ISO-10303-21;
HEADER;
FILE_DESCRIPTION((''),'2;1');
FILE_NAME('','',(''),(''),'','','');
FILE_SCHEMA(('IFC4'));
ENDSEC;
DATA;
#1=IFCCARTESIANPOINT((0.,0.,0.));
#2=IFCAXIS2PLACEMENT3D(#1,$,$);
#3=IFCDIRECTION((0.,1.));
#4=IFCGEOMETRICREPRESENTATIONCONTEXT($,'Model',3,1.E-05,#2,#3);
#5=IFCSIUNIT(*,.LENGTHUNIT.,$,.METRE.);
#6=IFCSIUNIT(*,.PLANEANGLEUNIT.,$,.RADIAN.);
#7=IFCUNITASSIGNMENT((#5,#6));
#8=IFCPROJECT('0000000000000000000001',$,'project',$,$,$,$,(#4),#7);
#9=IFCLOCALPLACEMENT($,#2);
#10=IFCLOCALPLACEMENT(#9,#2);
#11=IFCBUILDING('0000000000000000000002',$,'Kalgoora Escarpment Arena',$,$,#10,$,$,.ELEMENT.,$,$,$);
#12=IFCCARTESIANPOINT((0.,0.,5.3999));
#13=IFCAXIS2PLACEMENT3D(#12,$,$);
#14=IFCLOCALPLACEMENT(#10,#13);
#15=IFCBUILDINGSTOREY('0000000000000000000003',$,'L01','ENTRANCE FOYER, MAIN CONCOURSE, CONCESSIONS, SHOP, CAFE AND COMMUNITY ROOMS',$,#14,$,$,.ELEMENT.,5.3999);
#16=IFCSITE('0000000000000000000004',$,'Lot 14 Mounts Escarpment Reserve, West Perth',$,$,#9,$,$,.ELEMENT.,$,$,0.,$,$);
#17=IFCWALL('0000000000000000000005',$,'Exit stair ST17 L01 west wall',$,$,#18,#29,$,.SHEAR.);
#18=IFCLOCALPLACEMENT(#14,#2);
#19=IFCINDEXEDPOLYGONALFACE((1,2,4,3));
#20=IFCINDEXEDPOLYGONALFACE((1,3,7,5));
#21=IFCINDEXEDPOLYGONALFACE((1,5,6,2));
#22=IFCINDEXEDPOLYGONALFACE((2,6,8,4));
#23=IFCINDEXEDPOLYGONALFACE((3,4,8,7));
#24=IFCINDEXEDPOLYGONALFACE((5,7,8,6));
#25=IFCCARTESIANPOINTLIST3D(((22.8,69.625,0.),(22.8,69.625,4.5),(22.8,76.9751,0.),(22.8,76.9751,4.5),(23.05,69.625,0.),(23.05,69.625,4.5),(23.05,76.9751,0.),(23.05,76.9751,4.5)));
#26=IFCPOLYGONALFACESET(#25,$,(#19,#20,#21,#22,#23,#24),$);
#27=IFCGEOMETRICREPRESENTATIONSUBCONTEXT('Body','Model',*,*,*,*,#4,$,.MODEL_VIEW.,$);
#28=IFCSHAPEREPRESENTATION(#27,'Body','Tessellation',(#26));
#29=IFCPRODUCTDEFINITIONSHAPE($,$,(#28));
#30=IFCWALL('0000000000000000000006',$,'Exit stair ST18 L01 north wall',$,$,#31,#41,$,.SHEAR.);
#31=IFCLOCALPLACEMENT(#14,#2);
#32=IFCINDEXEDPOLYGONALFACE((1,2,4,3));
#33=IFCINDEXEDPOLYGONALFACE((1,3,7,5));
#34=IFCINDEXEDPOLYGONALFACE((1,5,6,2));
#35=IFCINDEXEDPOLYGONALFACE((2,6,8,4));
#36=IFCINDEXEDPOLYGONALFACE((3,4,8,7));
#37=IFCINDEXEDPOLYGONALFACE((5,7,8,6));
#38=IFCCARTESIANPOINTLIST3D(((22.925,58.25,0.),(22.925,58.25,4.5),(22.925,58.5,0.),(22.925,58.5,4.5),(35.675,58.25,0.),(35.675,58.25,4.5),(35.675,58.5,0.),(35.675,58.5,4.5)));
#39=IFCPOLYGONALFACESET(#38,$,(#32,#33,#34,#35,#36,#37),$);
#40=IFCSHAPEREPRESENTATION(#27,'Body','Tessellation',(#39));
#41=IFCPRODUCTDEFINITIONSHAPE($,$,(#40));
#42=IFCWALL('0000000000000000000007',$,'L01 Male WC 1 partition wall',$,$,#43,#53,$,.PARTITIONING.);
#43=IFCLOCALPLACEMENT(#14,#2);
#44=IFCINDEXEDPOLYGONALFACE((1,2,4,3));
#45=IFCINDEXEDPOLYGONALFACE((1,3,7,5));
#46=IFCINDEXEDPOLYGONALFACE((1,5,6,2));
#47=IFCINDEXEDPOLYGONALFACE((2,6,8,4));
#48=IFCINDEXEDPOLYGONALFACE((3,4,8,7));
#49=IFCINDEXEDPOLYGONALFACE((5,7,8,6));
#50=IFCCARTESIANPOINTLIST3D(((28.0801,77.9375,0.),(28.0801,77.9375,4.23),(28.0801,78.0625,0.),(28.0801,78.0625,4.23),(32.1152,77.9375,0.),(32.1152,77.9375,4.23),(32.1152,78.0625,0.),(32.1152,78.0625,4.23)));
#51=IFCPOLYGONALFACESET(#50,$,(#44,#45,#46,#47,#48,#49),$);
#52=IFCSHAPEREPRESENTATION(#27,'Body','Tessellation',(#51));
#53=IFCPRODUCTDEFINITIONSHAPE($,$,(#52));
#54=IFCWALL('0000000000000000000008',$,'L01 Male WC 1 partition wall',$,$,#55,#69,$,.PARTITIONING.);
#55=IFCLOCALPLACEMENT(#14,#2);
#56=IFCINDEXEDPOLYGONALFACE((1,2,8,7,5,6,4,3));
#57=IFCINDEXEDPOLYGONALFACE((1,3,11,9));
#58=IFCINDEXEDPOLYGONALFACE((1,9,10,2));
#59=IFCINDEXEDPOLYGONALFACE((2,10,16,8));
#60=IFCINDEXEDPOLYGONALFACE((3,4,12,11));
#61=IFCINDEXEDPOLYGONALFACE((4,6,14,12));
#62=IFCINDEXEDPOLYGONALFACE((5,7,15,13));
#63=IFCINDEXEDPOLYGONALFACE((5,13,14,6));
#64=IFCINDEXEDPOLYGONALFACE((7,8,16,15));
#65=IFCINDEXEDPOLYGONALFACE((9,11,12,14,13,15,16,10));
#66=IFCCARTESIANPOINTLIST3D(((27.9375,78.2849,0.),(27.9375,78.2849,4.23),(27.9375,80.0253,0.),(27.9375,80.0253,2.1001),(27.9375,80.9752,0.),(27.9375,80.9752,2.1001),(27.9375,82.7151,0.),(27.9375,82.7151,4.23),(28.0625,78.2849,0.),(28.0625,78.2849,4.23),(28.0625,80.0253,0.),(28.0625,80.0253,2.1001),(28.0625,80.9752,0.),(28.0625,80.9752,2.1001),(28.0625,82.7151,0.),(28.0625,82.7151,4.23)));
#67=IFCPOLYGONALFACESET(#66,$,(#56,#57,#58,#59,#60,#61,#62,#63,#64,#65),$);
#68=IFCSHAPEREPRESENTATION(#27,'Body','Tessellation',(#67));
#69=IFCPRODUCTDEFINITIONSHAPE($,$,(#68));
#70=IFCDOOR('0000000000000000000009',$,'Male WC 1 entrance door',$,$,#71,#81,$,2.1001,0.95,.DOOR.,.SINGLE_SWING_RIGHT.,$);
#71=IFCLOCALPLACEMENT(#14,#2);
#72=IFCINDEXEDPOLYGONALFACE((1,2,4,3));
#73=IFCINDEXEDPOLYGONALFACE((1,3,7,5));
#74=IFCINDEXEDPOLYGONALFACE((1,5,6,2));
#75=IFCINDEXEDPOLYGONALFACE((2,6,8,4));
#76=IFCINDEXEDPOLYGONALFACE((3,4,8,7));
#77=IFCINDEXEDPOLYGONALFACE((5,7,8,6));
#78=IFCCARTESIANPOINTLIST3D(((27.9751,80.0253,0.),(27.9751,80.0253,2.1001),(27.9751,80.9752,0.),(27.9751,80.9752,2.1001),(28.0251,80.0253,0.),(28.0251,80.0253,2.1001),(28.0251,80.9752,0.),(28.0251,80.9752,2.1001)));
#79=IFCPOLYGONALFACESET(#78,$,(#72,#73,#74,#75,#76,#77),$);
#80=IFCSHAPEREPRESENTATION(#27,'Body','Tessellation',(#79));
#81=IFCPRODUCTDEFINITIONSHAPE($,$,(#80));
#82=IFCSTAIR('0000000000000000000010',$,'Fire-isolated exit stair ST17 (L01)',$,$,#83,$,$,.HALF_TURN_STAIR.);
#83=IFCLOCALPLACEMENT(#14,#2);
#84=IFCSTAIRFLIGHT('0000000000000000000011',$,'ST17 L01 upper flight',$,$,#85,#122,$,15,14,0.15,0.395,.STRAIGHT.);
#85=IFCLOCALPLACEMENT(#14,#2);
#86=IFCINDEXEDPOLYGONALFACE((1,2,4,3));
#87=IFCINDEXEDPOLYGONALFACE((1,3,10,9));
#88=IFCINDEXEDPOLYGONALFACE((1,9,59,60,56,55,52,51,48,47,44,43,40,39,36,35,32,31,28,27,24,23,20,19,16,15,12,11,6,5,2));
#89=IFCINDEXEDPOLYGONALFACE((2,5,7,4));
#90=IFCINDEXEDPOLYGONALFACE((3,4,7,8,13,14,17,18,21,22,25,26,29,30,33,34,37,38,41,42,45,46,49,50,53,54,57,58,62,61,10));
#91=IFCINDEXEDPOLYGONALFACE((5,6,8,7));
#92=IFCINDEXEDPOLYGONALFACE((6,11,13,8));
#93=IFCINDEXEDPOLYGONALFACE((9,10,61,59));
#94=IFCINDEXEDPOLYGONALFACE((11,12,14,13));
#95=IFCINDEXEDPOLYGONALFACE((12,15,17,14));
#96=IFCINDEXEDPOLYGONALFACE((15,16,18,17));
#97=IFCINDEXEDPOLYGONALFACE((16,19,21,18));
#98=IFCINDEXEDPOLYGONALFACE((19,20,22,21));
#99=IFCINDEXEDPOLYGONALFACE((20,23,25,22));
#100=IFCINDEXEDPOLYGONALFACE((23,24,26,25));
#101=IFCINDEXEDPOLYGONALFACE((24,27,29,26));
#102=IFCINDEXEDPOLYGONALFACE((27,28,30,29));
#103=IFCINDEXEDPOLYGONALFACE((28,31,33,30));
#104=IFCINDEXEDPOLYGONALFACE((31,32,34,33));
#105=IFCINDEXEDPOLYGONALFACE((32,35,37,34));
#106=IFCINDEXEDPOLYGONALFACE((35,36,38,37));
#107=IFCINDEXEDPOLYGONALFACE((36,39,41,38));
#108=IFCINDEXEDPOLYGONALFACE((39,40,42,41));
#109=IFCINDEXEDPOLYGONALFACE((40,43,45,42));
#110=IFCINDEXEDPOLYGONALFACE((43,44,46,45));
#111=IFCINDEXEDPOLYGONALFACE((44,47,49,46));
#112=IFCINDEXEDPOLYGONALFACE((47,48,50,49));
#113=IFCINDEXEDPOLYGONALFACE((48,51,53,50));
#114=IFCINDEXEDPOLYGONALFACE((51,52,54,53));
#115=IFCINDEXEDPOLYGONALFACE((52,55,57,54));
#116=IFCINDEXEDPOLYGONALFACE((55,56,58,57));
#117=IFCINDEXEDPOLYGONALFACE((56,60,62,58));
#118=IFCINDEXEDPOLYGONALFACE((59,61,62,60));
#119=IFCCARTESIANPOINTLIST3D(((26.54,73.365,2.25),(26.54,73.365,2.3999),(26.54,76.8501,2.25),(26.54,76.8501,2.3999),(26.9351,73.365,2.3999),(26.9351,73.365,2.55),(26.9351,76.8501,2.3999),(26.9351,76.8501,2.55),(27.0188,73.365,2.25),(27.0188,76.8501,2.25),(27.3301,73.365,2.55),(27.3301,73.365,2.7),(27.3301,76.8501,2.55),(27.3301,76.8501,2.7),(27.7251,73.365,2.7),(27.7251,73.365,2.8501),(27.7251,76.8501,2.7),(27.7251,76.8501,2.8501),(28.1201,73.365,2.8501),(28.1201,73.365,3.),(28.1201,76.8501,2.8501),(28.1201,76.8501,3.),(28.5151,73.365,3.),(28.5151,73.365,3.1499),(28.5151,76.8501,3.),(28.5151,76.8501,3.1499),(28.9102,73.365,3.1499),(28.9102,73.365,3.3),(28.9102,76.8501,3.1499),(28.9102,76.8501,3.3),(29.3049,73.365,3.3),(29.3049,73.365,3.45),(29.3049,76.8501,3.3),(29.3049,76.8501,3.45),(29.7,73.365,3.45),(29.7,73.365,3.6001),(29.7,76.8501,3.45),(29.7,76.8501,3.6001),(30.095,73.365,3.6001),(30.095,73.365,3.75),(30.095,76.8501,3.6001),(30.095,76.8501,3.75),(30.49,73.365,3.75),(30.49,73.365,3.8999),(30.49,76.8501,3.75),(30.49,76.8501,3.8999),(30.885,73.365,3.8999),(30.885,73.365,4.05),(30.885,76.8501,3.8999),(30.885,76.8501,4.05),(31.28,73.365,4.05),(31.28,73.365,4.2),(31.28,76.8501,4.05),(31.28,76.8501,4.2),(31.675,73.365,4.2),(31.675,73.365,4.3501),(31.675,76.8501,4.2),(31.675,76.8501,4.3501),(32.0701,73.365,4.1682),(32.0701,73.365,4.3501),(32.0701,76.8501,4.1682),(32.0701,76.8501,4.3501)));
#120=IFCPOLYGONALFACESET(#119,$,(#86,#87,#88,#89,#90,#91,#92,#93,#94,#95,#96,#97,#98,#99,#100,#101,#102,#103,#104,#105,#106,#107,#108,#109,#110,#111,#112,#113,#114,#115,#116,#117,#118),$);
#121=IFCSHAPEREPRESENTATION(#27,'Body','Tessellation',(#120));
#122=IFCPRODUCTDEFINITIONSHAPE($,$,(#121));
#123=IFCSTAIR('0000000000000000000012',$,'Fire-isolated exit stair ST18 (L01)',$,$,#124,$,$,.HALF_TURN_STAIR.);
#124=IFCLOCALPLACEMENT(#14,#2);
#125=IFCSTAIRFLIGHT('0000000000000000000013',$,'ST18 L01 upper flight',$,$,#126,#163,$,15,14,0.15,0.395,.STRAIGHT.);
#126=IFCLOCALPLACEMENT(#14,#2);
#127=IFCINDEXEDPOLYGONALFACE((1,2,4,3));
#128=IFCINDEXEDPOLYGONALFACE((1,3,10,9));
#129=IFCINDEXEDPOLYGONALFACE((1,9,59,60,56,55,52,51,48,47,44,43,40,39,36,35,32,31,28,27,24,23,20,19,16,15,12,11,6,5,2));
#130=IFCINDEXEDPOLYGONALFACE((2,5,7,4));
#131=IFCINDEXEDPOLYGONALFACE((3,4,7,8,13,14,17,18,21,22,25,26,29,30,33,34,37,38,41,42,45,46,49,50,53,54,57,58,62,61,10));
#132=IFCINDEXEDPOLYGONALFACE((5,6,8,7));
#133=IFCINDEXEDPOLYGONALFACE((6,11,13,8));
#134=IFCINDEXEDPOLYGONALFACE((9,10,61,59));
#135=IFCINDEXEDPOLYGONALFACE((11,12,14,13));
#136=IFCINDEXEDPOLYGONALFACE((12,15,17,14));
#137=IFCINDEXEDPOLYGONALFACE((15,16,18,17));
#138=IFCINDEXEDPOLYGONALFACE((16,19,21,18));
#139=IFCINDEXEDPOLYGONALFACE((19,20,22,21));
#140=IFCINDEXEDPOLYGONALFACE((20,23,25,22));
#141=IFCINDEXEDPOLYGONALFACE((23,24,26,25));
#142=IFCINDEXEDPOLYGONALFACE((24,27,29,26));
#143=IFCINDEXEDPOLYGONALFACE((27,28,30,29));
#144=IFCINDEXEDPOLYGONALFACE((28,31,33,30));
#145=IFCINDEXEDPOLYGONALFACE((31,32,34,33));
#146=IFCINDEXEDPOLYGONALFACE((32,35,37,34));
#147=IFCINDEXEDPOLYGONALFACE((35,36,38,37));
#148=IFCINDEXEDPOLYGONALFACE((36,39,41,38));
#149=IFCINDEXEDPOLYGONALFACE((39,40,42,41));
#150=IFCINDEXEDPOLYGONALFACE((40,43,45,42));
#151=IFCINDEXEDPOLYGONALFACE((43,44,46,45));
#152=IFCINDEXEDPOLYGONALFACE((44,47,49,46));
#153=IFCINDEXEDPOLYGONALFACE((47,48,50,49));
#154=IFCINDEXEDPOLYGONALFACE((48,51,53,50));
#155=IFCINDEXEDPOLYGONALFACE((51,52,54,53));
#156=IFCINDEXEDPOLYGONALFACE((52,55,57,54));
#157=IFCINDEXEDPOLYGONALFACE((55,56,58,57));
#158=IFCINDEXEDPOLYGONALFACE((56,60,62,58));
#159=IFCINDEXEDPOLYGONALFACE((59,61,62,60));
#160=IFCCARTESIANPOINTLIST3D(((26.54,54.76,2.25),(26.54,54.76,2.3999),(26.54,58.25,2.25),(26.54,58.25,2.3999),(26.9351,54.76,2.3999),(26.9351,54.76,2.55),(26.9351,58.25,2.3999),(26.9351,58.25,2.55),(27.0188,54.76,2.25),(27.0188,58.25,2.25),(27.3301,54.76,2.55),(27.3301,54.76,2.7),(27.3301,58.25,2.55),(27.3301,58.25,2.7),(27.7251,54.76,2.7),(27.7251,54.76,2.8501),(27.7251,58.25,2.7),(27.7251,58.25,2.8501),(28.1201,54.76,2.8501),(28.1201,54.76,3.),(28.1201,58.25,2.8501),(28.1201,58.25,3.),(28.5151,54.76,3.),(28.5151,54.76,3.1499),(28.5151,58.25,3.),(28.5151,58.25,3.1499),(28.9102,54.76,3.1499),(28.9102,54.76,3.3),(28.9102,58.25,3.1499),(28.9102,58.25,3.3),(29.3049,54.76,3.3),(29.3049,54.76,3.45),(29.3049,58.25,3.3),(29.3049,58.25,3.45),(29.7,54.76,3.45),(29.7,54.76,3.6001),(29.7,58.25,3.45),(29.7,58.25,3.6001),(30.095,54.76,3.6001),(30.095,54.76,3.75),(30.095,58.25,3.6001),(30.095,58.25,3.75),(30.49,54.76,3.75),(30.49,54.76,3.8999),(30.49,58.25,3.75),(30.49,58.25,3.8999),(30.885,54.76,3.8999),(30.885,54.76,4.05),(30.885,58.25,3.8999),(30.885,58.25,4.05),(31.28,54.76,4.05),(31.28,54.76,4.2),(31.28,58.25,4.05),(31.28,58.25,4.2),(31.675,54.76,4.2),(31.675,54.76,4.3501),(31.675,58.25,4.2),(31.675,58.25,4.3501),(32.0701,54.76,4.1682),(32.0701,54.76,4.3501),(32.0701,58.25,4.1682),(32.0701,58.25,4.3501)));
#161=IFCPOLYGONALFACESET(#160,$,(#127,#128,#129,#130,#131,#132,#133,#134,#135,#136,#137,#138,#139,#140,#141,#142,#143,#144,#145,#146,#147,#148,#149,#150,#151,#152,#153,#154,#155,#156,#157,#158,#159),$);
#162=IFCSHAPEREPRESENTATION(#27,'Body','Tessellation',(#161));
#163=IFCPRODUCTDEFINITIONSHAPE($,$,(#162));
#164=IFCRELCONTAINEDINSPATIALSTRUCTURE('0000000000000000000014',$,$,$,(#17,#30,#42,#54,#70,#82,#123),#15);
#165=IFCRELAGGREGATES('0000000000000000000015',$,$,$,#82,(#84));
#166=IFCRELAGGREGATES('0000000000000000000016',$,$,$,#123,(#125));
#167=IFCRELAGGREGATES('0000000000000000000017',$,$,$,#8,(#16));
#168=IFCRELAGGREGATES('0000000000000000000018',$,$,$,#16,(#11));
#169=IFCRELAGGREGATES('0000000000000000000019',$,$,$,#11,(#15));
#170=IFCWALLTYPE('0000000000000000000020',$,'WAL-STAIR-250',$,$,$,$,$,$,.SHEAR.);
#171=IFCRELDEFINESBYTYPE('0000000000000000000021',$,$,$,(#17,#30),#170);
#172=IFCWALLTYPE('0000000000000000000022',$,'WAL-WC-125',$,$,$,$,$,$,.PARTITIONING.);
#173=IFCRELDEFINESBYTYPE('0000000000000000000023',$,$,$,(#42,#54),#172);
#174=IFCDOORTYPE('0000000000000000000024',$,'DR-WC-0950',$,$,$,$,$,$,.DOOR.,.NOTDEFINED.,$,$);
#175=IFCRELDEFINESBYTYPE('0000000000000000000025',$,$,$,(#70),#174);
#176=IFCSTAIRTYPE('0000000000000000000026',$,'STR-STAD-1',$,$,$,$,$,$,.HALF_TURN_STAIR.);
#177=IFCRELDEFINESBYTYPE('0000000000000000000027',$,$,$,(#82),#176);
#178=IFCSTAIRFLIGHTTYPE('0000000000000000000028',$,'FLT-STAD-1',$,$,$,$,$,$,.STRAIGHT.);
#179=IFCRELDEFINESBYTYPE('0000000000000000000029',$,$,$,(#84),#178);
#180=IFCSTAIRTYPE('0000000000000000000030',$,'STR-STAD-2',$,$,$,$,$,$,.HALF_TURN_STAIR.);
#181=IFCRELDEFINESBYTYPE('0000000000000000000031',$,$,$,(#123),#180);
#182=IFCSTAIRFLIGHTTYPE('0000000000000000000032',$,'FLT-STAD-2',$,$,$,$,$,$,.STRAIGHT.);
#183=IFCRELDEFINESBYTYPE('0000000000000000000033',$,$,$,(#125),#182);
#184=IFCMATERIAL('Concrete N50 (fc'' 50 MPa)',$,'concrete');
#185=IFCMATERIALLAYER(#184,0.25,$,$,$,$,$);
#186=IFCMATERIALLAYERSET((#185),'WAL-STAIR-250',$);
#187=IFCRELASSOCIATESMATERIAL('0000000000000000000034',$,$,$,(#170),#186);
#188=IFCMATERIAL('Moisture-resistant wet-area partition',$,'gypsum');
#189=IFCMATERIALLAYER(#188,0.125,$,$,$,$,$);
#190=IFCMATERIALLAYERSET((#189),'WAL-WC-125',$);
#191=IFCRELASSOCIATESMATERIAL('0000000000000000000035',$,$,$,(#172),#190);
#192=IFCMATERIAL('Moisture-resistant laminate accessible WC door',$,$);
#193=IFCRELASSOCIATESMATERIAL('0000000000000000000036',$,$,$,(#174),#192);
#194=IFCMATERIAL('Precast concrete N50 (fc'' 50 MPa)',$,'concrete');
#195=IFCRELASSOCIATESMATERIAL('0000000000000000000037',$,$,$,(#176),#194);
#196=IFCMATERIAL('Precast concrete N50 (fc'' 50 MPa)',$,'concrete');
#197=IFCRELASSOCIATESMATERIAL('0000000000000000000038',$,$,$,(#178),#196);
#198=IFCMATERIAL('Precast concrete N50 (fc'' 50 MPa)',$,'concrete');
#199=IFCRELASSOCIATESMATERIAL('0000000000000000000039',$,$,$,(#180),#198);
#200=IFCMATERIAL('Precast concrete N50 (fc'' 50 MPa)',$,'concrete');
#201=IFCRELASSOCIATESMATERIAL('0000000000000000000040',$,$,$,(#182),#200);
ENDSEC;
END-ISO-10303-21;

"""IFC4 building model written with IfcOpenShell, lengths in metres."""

from ifc_helpers import new_model, si_unit, direction, frame, frame_2d, origin, place, context, subcontext, project, spatial, polyline, rectangle, outline, extrude, material, layer, layer_set, type_object, element, fill, aggregate, save


model = new_model("IFC4")

# Units and contexts
model_context = context("Model", 3, precision=1e-05, world=origin(), true_north=direction((0.0, 1.0)))
body_context = subcontext(model_context, "Body", "Model", "MODEL_VIEW")
ifc_project = project(units=[si_unit("LENGTHUNIT", "METRE"), si_unit("PLANEANGLEUNIT", "RADIAN")], contexts=[model_context])

# Site, building, storey
site_placement = place(None, origin())
site = spatial("IfcSite", under=ifc_project, at=site_placement, Name="Lot 14 Mounts Escarpment Reserve, West Perth", CompositionType="ELEMENT", RefElevation=0.0)
building_placement = place(site_placement, origin())
building = spatial("IfcBuilding", under=site, at=building_placement, Name="Kalgoora Escarpment Arena", CompositionType="ELEMENT")
storey_placement = place(building_placement, frame((0.0, 0.0, 5.3999)))
storey = spatial("IfcBuildingStorey", under=building, at=storey_placement, Name="L01", Description="ENTRANCE FOYER, MAIN CONCOURSE, CONCESSIONS, SHOP, CAFE AND COMMUNITY ROOMS", CompositionType="ELEMENT", Elevation=5.3999)

# Walls
ifc_material_1 = material(Name="Concrete N50 (fc' 50 MPa)", Category="concrete")
ifc_layer_1 = layer(ifc_material_1, 0.25)
ifc_layer_set_1 = layer_set([ifc_layer_1], Name="WAL-STAIR-250")
wall_type_1 = type_object("IfcWallType", Name="WAL-STAIR-250", PredefinedType="SHEAR", material=ifc_layer_set_1)
wall_1_placement = place(storey_placement, frame((22.925, 69.625, 0.0), z_axis=(0.0, 0.0, 1.0), x_axis=(0.0, 1.0, 0.0)))
element("IfcWall", 1, at=wall_1_placement, inside=storey, type_object=wall_type_1, Name="Exit stair ST17 L01 west wall", PredefinedType="SHEAR", context=body_context, shape_type="SweptSolid", body=[
    extrude(rectangle(XDim=7.3501, YDim=0.25, at=frame_2d((3.675, 0.0))), origin(), (0.0, 0.0, 1.0), 4.5),
])
wall_2_placement = place(storey_placement, frame((22.925, 58.375, 0.0), z_axis=(0.0, 0.0, 1.0), x_axis=(1.0, 0.0, 0.0)))
element("IfcWall", 2, at=wall_2_placement, inside=storey, type_object=wall_type_1, Name="Exit stair ST18 L01 north wall", PredefinedType="SHEAR", context=body_context, shape_type="SweptSolid", body=[
    extrude(rectangle(XDim=12.75, YDim=0.25, at=frame_2d((6.375, 0.0))), origin(), (0.0, 0.0, 1.0), 4.5),
])
ifc_material_2 = material(Name="Moisture-resistant wet-area partition", Category="gypsum")
ifc_layer_2 = layer(ifc_material_2, 0.125)
ifc_layer_set_2 = layer_set([ifc_layer_2], Name="WAL-WC-125")
wall_type_2 = type_object("IfcWallType", Name="WAL-WC-125", PredefinedType="PARTITIONING", material=ifc_layer_set_2)
wall_3_placement = place(storey_placement, frame((32.1152, 78.0, 0.0), z_axis=(0.0, 0.0, 1.0), x_axis=(-1.0, 0.0, 0.0)))
element("IfcWall", 3, at=wall_3_placement, inside=storey, type_object=wall_type_2, Name="L01 Male WC 1 partition wall", PredefinedType="PARTITIONING", context=body_context, shape_type="SweptSolid", body=[
    extrude(rectangle(XDim=4.0352, YDim=0.125, at=frame_2d((2.0176, 0.0))), origin(), (0.0, 0.0, 1.0), 4.23),
])

# Wall, opening, door
wall_4_placement = place(storey_placement, frame((28.0, 78.2849, 0.0), z_axis=(0.0, 0.0, 1.0), x_axis=(0.0, 1.0, 0.0)))
wall_4 = element("IfcWall", 4, at=wall_4_placement, inside=storey, type_object=wall_type_2, Name="L01 Male WC 1 partition wall", PredefinedType="PARTITIONING", context=body_context, shape_type="SweptSolid", body=[
    extrude(rectangle(XDim=4.4302, YDim=0.125, at=frame_2d((2.2151, 0.0))), origin(), (0.0, 0.0, 1.0), 4.23),
])
opening_placement = place(wall_4_placement, frame((1.7402, 0.0, 0.0)))
opening = element("IfcOpeningElement", 5, at=opening_placement, cuts=wall_4, PredefinedType="OPENING", context=body_context, shape_type="SweptSolid", body=[
    extrude(rectangle(XDim=0.95, YDim=2.1001, at=frame_2d((0.4751, 1.05))), frame((0.0, 0.0725, 0.0), z_axis=(0.0, -1.0, 0.0), x_axis=(1.0, 0.0, 0.0)), (0.0, 0.0, 1.0), 0.145),
])
ifc_material_3 = material(Name="Moisture-resistant laminate accessible WC door")
door_type = type_object("IfcDoorType", Name="DR-WC-0950", OperationType="NOTDEFINED", PredefinedType="DOOR", material=ifc_material_3)
door_placement = place(opening_placement, origin())
door = element("IfcDoor", 6, at=door_placement, inside=storey, type_object=door_type, Name="Male WC 1 entrance door", OperationType="SINGLE_SWING_RIGHT", OverallHeight=2.1001, OverallWidth=0.95, PredefinedType="DOOR", context=body_context, shape_type="SweptSolid", body=[
    extrude(rectangle(XDim=0.95, YDim=2.1001, at=frame_2d((0.4751, 1.05))), frame((0.0, 0.0249, 0.0), z_axis=(0.0, -1.0, 0.0), x_axis=(1.0, 0.0, 0.0)), (0.0, 0.0, 1.0), 0.05),
])
fill(opening, door)

# Stairs, stair flights
ifc_material_4 = material(Name="Precast concrete N50 (fc' 50 MPa)", Category="concrete")
stair_type_1 = type_object("IfcStairType", Name="STR-STAD-1", PredefinedType="HALF_TURN_STAIR", material=ifc_material_4)
stair_1_placement = place(storey_placement, origin())
stair_1 = element("IfcStair", 7, at=stair_1_placement, inside=storey, type_object=stair_type_1, Name="Fire-isolated exit stair ST17 (L01)", PredefinedType="HALF_TURN_STAIR")
ifc_material_5 = material(Name="Precast concrete N50 (fc' 50 MPa)", Category="concrete")
stair_flight_type_1 = type_object("IfcStairFlightType", Name="FLT-STAD-1", PredefinedType="STRAIGHT", material=ifc_material_5)
stair_flight_1_placement = place(storey_placement, frame((26.54, 75.1074, 2.25), z_axis=(0.0, 0.0, 1.0), x_axis=(1.0, 0.0, 0.0)))
stair_flight_1 = element("IfcStairFlight", 8, at=stair_flight_1_placement, type_object=stair_flight_type_1, Name="ST17 L01 upper flight", NumberOfRisers=15, NumberOfTreads=14, PredefinedType="STRAIGHT", RiserHeight=0.15, TreadLength=0.395, context=body_context, shape_type="SweptSolid", body=[
    extrude(outline(polyline([(0.0, 0.0), (0.0, 0.1499), (0.395, 0.1499), (0.395, 0.3), (0.79, 0.3), (0.79, 0.45), (1.1851, 0.45), (1.1851, 0.6001), (1.5801, 0.6001), (1.5801, 0.75), (1.9751, 0.75), (1.9751, 0.8999), (2.3701, 0.8999), (2.3701, 1.05), (2.7649, 1.05), (2.7649, 1.2), (3.1599, 1.2), (3.1599, 1.3501), (3.5549, 1.3501), (3.5549, 1.5), (3.95, 1.5), (3.95, 1.6499), (4.345, 1.6499), (4.345, 1.8), (4.74, 1.8), (4.74, 1.95), (5.135, 1.95), (5.135, 2.1001), (5.53, 2.1001), (5.53, 2.25), (5.53, 1.9182), (0.4788, 0.0), (0.0, 0.0)])), frame((0.0, 1.7427, 0.0), z_axis=(0.0, -1.0, 0.0), x_axis=(1.0, 0.0, 0.0)), (0.0, 0.0, 1.0), 3.4851),
])
aggregate(stair_1, [stair_flight_1])
ifc_material_6 = material(Name="Precast concrete N50 (fc' 50 MPa)", Category="concrete")
stair_type_2 = type_object("IfcStairType", Name="STR-STAD-2", PredefinedType="HALF_TURN_STAIR", material=ifc_material_6)
stair_2_placement = place(storey_placement, origin())
stair_2 = element("IfcStair", 9, at=stair_2_placement, inside=storey, type_object=stair_type_2, Name="Fire-isolated exit stair ST18 (L01)", PredefinedType="HALF_TURN_STAIR")
ifc_material_7 = material(Name="Precast concrete N50 (fc' 50 MPa)", Category="concrete")
stair_flight_type_2 = type_object("IfcStairFlightType", Name="FLT-STAD-2", PredefinedType="STRAIGHT", material=ifc_material_7)
stair_flight_2_placement = place(storey_placement, frame((26.54, 56.5049, 2.25), z_axis=(0.0, 0.0, 1.0), x_axis=(1.0, 0.0, 0.0)))
stair_flight_2 = element("IfcStairFlight", 10, at=stair_flight_2_placement, type_object=stair_flight_type_2, Name="ST18 L01 upper flight", NumberOfRisers=15, NumberOfTreads=14, PredefinedType="STRAIGHT", RiserHeight=0.15, TreadLength=0.395, context=body_context, shape_type="SweptSolid", body=[
    extrude(outline(polyline([(0.0, 0.0), (0.0, 0.1499), (0.395, 0.1499), (0.395, 0.3), (0.79, 0.3), (0.79, 0.45), (1.1851, 0.45), (1.1851, 0.6001), (1.5801, 0.6001), (1.5801, 0.75), (1.9751, 0.75), (1.9751, 0.8999), (2.3701, 0.8999), (2.3701, 1.05), (2.7649, 1.05), (2.7649, 1.2), (3.1599, 1.2), (3.1599, 1.3501), (3.5549, 1.3501), (3.5549, 1.5), (3.95, 1.5), (3.95, 1.6499), (4.345, 1.6499), (4.345, 1.8), (4.74, 1.8), (4.74, 1.95), (5.135, 1.95), (5.135, 2.1001), (5.53, 2.1001), (5.53, 2.25), (5.53, 1.9182), (0.4788, 0.0), (0.0, 0.0)])), frame((0.0, 1.7451, 0.0), z_axis=(0.0, -1.0, 0.0), x_axis=(1.0, 0.0, 0.0)), (0.0, 0.0, 1.0), 3.49),
])
aggregate(stair_2, [stair_flight_2])

save(model, "model.ifc")
